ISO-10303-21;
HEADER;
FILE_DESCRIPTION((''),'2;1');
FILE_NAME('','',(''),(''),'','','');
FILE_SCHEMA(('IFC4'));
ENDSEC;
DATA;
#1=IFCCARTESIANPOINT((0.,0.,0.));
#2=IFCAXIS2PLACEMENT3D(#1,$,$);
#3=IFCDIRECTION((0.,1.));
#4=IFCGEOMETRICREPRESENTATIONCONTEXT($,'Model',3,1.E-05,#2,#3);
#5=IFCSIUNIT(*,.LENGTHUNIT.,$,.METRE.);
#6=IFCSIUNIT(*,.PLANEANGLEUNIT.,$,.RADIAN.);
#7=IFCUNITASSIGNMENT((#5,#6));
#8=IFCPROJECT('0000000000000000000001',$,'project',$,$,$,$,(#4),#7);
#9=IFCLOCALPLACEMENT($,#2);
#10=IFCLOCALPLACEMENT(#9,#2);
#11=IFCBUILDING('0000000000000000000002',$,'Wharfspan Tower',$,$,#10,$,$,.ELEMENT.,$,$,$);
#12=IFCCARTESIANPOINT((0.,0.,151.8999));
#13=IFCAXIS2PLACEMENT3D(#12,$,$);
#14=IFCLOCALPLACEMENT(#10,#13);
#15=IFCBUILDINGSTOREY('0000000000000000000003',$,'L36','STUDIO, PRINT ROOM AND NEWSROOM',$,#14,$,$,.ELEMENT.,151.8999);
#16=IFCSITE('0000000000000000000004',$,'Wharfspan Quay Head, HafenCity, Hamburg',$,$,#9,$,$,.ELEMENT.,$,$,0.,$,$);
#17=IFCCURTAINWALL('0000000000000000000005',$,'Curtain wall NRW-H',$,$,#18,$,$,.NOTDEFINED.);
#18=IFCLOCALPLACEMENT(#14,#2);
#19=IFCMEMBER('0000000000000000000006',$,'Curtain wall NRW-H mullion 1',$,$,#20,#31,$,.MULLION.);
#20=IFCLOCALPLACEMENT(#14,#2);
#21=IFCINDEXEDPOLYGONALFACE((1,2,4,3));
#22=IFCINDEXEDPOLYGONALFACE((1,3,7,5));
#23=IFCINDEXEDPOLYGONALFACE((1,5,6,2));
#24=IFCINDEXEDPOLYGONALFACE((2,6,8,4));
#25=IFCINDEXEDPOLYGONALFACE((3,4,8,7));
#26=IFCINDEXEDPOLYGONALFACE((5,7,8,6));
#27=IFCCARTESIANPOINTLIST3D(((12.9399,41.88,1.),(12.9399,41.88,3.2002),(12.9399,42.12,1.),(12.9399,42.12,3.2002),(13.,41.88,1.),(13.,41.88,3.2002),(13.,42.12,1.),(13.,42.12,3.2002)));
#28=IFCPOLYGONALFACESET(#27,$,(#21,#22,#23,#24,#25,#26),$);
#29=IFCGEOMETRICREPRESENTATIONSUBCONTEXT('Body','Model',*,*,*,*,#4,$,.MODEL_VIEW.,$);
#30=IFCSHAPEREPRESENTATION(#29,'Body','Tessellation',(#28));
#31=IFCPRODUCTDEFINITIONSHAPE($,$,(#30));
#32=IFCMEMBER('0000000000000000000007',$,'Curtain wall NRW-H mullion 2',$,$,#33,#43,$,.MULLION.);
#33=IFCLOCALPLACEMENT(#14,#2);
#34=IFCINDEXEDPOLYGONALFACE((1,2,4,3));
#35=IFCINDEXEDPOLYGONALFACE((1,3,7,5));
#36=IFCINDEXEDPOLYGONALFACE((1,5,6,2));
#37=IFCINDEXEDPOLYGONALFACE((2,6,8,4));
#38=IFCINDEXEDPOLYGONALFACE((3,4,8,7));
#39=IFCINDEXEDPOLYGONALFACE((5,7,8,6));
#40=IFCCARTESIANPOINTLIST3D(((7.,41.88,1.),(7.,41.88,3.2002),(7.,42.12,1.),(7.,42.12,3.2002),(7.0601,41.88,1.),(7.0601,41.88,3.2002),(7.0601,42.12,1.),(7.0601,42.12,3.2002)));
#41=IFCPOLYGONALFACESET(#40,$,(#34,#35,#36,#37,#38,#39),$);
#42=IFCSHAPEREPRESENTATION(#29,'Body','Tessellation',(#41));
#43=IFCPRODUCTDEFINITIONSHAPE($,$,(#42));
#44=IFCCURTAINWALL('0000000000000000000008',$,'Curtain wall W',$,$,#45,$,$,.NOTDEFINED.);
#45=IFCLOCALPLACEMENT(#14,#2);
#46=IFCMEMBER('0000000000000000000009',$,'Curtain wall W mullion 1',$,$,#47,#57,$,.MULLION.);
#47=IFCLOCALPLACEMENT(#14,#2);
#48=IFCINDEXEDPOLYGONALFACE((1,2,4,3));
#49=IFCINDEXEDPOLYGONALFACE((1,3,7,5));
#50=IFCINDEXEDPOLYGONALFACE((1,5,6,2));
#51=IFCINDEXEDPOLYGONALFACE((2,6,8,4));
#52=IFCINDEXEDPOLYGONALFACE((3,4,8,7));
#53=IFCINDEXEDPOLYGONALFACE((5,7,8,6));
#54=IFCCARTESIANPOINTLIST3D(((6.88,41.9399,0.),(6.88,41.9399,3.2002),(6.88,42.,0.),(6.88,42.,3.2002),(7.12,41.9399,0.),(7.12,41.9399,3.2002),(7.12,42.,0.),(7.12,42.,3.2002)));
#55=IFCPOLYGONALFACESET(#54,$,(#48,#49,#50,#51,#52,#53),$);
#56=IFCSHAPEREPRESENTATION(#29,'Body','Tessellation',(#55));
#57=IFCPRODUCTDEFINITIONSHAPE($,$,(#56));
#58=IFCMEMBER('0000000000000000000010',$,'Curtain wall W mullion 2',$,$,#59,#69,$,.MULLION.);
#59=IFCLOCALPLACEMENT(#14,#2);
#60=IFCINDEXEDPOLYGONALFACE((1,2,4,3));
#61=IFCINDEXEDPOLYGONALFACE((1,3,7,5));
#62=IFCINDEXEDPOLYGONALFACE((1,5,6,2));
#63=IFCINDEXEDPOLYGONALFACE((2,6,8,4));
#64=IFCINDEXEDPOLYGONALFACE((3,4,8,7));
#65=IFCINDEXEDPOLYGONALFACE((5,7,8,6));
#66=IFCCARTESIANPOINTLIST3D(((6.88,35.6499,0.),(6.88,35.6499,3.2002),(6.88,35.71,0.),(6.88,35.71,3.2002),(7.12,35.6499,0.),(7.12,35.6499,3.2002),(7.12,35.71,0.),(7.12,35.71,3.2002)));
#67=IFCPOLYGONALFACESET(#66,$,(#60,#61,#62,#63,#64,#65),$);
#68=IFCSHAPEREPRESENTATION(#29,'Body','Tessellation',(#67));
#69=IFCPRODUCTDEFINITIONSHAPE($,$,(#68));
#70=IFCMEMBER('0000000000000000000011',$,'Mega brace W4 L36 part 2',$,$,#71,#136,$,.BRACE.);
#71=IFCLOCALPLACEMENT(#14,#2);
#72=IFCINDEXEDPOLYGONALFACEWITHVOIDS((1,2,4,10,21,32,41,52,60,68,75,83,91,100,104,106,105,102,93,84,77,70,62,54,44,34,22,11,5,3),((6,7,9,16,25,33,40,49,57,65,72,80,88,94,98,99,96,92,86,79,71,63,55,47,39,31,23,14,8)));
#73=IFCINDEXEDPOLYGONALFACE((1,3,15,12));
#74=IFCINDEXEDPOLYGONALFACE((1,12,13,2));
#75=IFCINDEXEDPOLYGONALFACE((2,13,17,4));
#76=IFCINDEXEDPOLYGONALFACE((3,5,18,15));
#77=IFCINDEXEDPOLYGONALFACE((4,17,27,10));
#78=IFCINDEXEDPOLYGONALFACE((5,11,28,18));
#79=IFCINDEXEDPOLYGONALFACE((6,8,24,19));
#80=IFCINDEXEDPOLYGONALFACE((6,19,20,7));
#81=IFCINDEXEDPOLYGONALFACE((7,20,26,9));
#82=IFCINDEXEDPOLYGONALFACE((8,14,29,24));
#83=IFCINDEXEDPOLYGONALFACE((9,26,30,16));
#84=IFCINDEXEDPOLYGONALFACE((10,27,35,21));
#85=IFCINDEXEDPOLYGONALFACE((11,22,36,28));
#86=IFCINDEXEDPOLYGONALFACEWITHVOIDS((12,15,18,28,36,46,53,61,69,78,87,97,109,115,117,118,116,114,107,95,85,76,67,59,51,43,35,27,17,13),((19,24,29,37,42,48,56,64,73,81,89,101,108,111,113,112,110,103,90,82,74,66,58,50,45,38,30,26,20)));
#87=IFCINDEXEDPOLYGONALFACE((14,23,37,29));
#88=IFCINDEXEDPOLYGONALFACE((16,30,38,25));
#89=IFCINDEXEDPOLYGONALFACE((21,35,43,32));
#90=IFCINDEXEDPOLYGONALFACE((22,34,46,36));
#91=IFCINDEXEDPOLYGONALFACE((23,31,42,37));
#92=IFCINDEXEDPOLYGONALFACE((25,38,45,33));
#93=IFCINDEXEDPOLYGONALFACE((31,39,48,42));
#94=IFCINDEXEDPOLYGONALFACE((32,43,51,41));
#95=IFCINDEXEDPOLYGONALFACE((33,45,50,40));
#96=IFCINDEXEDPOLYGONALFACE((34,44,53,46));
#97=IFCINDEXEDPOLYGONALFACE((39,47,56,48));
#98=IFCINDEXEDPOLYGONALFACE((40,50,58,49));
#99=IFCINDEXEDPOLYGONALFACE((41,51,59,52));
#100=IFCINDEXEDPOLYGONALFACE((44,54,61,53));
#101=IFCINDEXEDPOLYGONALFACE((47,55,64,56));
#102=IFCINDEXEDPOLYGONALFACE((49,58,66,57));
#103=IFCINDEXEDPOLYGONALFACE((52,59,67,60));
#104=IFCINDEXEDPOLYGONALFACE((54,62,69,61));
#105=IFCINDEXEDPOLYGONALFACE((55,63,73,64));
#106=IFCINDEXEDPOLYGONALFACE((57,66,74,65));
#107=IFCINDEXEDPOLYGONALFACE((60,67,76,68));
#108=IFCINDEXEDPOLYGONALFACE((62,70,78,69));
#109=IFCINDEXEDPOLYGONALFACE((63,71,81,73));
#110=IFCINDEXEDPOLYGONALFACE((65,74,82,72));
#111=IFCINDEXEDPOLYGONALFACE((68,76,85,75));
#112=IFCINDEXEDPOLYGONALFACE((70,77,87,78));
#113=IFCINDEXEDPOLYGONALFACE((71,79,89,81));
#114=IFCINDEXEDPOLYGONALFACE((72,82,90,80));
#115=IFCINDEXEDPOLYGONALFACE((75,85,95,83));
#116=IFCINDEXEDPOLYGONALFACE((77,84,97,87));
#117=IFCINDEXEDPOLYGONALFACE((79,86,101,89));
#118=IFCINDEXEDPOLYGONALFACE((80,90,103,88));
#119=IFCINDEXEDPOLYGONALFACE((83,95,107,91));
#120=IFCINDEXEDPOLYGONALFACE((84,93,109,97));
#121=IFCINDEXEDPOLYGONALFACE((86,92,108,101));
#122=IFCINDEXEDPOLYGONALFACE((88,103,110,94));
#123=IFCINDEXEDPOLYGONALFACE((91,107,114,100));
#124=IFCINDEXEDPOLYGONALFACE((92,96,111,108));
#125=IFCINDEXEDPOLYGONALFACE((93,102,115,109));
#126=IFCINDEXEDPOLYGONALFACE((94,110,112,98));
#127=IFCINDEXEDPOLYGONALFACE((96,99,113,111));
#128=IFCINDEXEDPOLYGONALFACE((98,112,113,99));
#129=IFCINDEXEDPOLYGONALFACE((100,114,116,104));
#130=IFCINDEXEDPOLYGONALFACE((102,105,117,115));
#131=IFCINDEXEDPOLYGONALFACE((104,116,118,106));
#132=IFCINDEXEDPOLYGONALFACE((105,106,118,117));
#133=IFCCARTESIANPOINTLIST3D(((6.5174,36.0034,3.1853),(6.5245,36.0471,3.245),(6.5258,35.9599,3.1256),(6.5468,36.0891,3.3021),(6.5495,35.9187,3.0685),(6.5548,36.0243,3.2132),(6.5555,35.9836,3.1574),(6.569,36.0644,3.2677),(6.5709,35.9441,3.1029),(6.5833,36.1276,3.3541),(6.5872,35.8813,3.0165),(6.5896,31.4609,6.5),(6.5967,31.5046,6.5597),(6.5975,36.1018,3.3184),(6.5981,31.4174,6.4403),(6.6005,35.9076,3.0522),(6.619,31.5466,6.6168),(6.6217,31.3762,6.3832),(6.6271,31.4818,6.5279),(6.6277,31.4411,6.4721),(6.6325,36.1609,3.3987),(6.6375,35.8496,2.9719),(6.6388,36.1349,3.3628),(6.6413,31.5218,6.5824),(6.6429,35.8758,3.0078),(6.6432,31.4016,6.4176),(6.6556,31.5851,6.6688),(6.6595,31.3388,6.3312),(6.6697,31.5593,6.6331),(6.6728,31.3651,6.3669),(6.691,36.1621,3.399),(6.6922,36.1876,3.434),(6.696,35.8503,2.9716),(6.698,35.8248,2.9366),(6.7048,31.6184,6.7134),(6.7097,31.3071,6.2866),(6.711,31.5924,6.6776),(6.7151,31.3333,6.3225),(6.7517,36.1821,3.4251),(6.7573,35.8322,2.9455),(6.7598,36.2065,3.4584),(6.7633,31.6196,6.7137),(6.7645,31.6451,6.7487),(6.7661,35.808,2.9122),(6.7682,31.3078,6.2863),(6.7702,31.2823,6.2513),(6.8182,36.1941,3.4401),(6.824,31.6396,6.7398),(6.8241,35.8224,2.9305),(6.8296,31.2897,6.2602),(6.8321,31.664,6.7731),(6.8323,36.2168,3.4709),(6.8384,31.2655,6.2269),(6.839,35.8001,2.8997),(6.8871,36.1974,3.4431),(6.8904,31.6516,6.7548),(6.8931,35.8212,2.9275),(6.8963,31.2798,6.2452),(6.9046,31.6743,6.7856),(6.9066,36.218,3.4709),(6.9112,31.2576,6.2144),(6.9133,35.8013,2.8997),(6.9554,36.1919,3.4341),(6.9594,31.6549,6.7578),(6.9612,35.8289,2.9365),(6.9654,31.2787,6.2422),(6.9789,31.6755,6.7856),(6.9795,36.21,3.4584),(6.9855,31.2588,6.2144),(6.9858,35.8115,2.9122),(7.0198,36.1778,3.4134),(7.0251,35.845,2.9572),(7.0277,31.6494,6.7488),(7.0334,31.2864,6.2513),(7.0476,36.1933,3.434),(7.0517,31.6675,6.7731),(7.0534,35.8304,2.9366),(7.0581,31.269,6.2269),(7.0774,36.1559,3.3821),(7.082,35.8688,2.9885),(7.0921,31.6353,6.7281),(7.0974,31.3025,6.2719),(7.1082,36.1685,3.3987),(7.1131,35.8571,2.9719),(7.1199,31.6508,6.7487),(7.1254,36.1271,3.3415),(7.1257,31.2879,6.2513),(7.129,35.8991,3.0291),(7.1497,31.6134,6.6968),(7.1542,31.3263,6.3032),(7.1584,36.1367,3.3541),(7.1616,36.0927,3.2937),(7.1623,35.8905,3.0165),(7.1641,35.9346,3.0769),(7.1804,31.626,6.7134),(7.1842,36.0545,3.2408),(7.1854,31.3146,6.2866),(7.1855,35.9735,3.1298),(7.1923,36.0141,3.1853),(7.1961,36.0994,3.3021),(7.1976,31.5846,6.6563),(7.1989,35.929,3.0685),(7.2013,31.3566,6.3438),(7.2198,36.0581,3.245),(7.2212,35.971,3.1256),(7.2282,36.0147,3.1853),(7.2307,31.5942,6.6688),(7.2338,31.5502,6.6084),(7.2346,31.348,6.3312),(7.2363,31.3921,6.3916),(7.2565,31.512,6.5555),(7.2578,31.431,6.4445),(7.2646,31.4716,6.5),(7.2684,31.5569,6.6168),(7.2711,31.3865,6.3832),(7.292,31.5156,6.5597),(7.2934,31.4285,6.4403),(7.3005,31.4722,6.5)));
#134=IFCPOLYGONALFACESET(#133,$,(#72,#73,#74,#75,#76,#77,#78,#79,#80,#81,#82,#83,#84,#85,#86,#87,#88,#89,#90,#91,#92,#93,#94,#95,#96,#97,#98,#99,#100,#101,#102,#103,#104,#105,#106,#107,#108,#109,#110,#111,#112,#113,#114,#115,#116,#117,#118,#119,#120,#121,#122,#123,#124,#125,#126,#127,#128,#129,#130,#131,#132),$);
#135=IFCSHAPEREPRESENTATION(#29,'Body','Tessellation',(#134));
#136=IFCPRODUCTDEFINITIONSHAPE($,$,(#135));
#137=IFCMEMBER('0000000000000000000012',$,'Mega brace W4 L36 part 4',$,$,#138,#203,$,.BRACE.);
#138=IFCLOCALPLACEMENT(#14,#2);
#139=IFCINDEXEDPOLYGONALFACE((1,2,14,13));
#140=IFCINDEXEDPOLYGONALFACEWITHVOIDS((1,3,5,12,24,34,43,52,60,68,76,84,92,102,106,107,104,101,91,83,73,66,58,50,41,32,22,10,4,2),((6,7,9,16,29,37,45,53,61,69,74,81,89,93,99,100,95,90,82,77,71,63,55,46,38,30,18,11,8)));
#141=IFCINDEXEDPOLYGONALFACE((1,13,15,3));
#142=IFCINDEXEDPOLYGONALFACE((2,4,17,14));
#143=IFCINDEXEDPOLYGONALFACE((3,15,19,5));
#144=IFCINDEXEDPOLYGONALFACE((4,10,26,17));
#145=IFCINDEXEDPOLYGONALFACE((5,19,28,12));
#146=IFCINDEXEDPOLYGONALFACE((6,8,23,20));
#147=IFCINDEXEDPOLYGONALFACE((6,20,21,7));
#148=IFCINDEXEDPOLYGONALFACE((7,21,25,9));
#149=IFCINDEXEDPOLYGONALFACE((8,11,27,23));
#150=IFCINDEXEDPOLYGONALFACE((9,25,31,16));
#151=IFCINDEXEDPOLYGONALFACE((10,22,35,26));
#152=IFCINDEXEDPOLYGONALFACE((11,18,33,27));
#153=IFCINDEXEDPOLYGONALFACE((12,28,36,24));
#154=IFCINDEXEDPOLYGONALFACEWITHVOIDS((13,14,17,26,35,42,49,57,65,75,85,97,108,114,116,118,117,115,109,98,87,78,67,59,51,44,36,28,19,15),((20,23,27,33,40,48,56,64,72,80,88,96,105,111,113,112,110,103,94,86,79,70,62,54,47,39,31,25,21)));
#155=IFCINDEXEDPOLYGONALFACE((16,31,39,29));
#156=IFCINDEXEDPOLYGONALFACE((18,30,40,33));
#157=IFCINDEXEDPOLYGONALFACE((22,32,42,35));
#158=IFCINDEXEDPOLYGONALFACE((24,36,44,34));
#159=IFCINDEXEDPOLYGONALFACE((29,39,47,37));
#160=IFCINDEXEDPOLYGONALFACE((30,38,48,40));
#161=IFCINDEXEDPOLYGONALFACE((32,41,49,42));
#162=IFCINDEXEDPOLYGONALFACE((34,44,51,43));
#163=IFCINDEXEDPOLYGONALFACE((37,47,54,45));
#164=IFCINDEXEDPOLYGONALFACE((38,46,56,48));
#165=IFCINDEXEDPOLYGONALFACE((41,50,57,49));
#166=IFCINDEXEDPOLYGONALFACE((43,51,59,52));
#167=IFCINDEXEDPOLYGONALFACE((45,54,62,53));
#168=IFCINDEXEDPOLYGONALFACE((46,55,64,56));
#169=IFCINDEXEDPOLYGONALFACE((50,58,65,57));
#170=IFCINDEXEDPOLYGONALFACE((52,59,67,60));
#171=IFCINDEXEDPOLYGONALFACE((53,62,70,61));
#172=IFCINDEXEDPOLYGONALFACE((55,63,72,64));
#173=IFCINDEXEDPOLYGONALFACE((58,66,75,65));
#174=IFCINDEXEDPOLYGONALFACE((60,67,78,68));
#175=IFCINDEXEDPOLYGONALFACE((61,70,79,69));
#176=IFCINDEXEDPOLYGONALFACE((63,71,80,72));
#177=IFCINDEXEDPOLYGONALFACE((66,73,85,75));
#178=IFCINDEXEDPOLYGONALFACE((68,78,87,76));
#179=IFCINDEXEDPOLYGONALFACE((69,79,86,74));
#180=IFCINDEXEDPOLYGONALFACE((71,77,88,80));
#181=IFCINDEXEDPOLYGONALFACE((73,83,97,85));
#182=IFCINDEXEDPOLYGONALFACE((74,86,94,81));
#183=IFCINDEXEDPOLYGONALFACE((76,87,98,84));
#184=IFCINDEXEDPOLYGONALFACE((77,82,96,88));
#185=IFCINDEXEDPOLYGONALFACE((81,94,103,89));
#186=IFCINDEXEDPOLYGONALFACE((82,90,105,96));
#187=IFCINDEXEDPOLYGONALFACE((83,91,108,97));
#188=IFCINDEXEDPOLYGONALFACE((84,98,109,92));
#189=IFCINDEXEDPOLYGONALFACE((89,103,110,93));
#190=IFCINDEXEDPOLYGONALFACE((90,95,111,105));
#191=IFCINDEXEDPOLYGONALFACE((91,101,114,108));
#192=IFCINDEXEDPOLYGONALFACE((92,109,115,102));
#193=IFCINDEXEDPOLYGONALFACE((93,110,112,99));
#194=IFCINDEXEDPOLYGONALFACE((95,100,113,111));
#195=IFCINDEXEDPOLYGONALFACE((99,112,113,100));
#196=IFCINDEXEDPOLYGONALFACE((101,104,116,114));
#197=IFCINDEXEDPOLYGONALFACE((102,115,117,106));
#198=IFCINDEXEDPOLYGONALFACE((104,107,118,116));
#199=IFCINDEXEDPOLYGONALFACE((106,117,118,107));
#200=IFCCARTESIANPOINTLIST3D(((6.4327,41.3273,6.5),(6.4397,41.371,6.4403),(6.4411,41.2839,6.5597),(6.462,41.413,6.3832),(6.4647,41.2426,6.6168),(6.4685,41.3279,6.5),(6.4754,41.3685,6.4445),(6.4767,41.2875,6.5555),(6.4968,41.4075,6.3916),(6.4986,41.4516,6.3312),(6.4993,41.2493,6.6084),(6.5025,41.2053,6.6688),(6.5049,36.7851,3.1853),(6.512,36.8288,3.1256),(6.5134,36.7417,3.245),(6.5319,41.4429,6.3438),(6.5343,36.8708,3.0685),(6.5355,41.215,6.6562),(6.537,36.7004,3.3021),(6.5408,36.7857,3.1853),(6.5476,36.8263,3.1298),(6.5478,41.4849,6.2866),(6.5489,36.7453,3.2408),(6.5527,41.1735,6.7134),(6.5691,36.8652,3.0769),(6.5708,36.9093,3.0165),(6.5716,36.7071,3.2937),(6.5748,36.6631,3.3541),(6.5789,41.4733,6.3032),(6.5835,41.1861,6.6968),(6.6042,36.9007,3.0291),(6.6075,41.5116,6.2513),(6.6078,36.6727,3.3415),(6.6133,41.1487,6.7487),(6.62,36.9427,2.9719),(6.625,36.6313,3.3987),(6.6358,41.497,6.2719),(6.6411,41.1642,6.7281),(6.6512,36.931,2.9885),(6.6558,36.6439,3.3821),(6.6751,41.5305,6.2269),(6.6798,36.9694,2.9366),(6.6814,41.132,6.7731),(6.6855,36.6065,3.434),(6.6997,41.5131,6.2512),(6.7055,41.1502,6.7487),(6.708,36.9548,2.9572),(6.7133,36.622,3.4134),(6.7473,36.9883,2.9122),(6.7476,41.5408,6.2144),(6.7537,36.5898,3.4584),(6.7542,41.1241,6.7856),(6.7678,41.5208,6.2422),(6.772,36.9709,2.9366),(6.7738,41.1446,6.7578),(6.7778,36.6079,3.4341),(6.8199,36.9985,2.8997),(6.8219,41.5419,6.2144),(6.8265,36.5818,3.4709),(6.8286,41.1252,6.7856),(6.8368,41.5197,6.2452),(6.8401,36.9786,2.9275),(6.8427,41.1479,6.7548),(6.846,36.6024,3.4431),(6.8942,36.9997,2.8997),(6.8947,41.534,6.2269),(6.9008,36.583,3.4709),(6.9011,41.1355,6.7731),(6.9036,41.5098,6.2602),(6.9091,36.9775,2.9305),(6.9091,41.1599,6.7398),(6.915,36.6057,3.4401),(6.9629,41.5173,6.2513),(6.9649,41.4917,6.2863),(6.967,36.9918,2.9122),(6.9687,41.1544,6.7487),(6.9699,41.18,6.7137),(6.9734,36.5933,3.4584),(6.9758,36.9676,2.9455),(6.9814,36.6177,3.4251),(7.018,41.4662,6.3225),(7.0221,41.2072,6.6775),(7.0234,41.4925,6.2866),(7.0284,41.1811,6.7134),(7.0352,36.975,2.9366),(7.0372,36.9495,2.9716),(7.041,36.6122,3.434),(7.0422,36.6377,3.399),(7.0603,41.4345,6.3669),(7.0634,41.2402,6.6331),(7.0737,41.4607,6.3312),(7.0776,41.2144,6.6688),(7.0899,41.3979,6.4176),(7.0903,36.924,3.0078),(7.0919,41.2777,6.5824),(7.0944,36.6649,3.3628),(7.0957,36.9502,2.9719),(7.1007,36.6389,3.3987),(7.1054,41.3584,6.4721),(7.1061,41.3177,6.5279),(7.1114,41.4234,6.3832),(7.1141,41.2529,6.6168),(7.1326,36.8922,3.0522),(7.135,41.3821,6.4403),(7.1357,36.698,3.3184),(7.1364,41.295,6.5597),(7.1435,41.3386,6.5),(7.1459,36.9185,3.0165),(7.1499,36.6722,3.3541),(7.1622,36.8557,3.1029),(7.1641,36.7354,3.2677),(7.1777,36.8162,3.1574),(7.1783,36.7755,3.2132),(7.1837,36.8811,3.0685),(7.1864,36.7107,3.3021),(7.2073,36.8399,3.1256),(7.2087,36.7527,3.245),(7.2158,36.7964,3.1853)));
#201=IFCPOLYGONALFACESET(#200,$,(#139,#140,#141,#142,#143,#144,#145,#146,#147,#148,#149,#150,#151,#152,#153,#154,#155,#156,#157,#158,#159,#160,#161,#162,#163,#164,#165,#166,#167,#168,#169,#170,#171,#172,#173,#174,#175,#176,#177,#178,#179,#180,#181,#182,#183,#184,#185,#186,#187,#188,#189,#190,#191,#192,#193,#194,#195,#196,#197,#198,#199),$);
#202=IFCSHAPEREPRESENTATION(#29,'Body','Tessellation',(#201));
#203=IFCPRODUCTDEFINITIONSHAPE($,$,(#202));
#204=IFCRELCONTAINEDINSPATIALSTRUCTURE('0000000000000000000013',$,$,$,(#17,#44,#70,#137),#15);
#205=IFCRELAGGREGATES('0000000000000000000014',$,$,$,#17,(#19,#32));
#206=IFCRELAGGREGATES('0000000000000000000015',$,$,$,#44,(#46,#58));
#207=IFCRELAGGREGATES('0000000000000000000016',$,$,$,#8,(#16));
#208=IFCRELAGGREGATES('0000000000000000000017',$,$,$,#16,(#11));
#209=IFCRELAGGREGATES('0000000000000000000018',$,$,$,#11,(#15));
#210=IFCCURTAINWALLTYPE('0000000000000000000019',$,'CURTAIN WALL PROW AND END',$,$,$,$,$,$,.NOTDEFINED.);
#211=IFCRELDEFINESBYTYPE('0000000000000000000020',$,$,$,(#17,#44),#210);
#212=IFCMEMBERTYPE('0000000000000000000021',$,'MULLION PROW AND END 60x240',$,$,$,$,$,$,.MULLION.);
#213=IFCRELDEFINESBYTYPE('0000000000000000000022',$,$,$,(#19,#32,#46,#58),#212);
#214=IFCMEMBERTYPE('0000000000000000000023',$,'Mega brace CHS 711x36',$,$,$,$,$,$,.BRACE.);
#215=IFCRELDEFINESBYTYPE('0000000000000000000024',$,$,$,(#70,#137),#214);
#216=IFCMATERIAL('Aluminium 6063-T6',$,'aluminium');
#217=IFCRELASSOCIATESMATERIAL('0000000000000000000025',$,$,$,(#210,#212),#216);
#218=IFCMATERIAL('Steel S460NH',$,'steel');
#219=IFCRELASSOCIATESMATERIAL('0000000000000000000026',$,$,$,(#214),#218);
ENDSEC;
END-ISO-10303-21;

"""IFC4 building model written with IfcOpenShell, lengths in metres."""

from ifc_helpers import new_model, si_unit, direction, frame, origin, origin_2d, place, context, subcontext, project, spatial, rectangle, hollow_circle, extrude, material, material_profile, profile_set, type_object, element, aggregate, save


model = new_model("IFC4")

# Units and contexts
model_context = context("Model", 3, precision=1e-05, world=origin(), true_north=direction((0.0, 1.0)))
body_context = subcontext(model_context, "Body", "Model", "MODEL_VIEW")
ifc_project = project(units=[si_unit("LENGTHUNIT", "METRE"), si_unit("PLANEANGLEUNIT", "RADIAN")], contexts=[model_context])

# Site, building, storey
site_placement = place(None, origin())
site = spatial("IfcSite", under=ifc_project, at=site_placement, Name="Wharfspan Quay Head, HafenCity, Hamburg", CompositionType="ELEMENT", RefElevation=0.0)
building_placement = place(site_placement, origin())
building = spatial("IfcBuilding", under=site, at=building_placement, Name="Wharfspan Tower", CompositionType="ELEMENT")
storey_placement = place(building_placement, frame((0.0, 0.0, 151.8999)))
storey = spatial("IfcBuildingStorey", under=building, at=storey_placement, Name="L36", Description="STUDIO, PRINT ROOM AND NEWSROOM", CompositionType="ELEMENT", Elevation=151.8999)

# Shared definitions
ifc_material_1 = material(Name="Steel S460NH", Category="steel")

# Curtain walls, members
ifc_material_2 = material(Name="Aluminium 6063-T6", Category="aluminium")
curtain_wall_type = type_object("IfcCurtainWallType", Name="CURTAIN WALL PROW AND END", PredefinedType="NOTDEFINED", material=ifc_material_2)
ifc_material_profile_1 = material_profile(ifc_material_2, rectangle(XDim=0.24, YDim=0.0601, at=origin_2d()))
ifc_profile_set_1 = profile_set([ifc_material_profile_1], Name="Aluminium 6063-T6")
member_type_1 = type_object("IfcMemberType", Name="MULLION PROW AND END 60x240", PredefinedType="MULLION", material=ifc_profile_set_1)
curtain_wall_1_placement = place(storey_placement, origin())
curtain_wall_1 = element("IfcCurtainWall", 1, at=curtain_wall_1_placement, inside=storey, type_object=curtain_wall_type, Name="Curtain wall NRW-H", PredefinedType="NOTDEFINED")
member_1_placement = place(storey_placement, frame((12.97, 42.0, 1.0), z_axis=(0.0, 0.0, 1.0), x_axis=(0.0, -1.0, 0.0)))
member_1 = element("IfcMember", 2, at=member_1_placement, type_object=member_type_1, Name="Curtain wall NRW-H mullion 1", PredefinedType="MULLION", context=body_context, shape_type="SweptSolid", body=[
    extrude(rectangle(XDim=0.24, YDim=0.0601, at=origin_2d()), origin(), (0.0, 0.0, 1.0), 2.2002),
])
member_2_placement = place(storey_placement, frame((7.03, 42.0, 1.0), z_axis=(0.0, 0.0, 1.0), x_axis=(0.0, -1.0, 0.0)))
member_2 = element("IfcMember", 3, at=member_2_placement, type_object=member_type_1, Name="Curtain wall NRW-H mullion 2", PredefinedType="MULLION", context=body_context, shape_type="SweptSolid", body=[
    extrude(rectangle(XDim=0.24, YDim=0.0601, at=origin_2d()), origin(), (0.0, 0.0, 1.0), 2.2002),
])
curtain_wall_2_placement = place(storey_placement, origin())
curtain_wall_2 = element("IfcCurtainWall", 4, at=curtain_wall_2_placement, inside=storey, type_object=curtain_wall_type, Name="Curtain wall W", PredefinedType="NOTDEFINED")
member_3_placement = place(storey_placement, frame((7.0, 41.97, 0.0), z_axis=(0.0, 0.0, 1.0), x_axis=(1.0, 0.0, 0.0)))
member_3 = element("IfcMember", 5, at=member_3_placement, type_object=member_type_1, Name="Curtain wall W mullion 1", PredefinedType="MULLION", context=body_context, shape_type="SweptSolid", body=[
    extrude(rectangle(XDim=0.24, YDim=0.0601, at=origin_2d()), origin(), (0.0, 0.0, 1.0), 3.2002),
])
member_4_placement = place(storey_placement, frame((7.0, 35.6799, 0.0), z_axis=(0.0, 0.0, 1.0), x_axis=(1.0, 0.0, 0.0)))
member_4 = element("IfcMember", 6, at=member_4_placement, type_object=member_type_1, Name="Curtain wall W mullion 2", PredefinedType="MULLION", context=body_context, shape_type="SweptSolid", body=[
    extrude(rectangle(XDim=0.24, YDim=0.0601, at=origin_2d()), origin(), (0.0, 0.0, 1.0), 3.2002),
])

# Members
ifc_material_profile_2 = material_profile(ifc_material_1, hollow_circle(Radius=0.3555, WallThickness=0.0359, at=origin_2d()))
ifc_profile_set_2 = profile_set([ifc_material_profile_2], Name="Steel S460NH")
member_type_2 = type_object("IfcMemberType", Name="Mega brace CHS 711x36", PredefinedType="BRACE", material=ifc_profile_set_2)
member_5_placement = place(storey_placement, frame((6.8728, 36.009, 3.1853), z_axis=(0.01285, -0.807732, 0.58941), x_axis=(0.999874, 0.015906, -0.000001)))
element("IfcMember", 7, at=member_5_placement, inside=storey, type_object=member_type_2, Name="Mega brace W4 L36 part 2", PredefinedType="BRACE", context=body_context, shape_type="SweptSolid", body=[
    extrude(hollow_circle(Radius=0.3555, WallThickness=0.0359, at=origin_2d()), origin(), (0.0, 0.0, 1.0), 5.6238),
])
member_6_placement = place(storey_placement, frame((6.8604, 36.7908, 3.1853), z_axis=(-0.012851, 0.807716, 0.589431), x_axis=(-0.999873, -0.015909, 0.000001)))
element("IfcMember", 8, at=member_6_placement, inside=storey, type_object=member_type_2, Name="Mega brace W4 L36 part 4", PredefinedType="BRACE", context=body_context, shape_type="SweptSolid", body=[
    extrude(hollow_circle(Radius=0.3555, WallThickness=0.0359, at=origin_2d()), origin(), (0.0, 0.0, 1.0), 5.6235),
])

aggregate(curtain_wall_1, [member_1, member_2])
aggregate(curtain_wall_2, [member_3, member_4])

save(model, "model.ifc")
